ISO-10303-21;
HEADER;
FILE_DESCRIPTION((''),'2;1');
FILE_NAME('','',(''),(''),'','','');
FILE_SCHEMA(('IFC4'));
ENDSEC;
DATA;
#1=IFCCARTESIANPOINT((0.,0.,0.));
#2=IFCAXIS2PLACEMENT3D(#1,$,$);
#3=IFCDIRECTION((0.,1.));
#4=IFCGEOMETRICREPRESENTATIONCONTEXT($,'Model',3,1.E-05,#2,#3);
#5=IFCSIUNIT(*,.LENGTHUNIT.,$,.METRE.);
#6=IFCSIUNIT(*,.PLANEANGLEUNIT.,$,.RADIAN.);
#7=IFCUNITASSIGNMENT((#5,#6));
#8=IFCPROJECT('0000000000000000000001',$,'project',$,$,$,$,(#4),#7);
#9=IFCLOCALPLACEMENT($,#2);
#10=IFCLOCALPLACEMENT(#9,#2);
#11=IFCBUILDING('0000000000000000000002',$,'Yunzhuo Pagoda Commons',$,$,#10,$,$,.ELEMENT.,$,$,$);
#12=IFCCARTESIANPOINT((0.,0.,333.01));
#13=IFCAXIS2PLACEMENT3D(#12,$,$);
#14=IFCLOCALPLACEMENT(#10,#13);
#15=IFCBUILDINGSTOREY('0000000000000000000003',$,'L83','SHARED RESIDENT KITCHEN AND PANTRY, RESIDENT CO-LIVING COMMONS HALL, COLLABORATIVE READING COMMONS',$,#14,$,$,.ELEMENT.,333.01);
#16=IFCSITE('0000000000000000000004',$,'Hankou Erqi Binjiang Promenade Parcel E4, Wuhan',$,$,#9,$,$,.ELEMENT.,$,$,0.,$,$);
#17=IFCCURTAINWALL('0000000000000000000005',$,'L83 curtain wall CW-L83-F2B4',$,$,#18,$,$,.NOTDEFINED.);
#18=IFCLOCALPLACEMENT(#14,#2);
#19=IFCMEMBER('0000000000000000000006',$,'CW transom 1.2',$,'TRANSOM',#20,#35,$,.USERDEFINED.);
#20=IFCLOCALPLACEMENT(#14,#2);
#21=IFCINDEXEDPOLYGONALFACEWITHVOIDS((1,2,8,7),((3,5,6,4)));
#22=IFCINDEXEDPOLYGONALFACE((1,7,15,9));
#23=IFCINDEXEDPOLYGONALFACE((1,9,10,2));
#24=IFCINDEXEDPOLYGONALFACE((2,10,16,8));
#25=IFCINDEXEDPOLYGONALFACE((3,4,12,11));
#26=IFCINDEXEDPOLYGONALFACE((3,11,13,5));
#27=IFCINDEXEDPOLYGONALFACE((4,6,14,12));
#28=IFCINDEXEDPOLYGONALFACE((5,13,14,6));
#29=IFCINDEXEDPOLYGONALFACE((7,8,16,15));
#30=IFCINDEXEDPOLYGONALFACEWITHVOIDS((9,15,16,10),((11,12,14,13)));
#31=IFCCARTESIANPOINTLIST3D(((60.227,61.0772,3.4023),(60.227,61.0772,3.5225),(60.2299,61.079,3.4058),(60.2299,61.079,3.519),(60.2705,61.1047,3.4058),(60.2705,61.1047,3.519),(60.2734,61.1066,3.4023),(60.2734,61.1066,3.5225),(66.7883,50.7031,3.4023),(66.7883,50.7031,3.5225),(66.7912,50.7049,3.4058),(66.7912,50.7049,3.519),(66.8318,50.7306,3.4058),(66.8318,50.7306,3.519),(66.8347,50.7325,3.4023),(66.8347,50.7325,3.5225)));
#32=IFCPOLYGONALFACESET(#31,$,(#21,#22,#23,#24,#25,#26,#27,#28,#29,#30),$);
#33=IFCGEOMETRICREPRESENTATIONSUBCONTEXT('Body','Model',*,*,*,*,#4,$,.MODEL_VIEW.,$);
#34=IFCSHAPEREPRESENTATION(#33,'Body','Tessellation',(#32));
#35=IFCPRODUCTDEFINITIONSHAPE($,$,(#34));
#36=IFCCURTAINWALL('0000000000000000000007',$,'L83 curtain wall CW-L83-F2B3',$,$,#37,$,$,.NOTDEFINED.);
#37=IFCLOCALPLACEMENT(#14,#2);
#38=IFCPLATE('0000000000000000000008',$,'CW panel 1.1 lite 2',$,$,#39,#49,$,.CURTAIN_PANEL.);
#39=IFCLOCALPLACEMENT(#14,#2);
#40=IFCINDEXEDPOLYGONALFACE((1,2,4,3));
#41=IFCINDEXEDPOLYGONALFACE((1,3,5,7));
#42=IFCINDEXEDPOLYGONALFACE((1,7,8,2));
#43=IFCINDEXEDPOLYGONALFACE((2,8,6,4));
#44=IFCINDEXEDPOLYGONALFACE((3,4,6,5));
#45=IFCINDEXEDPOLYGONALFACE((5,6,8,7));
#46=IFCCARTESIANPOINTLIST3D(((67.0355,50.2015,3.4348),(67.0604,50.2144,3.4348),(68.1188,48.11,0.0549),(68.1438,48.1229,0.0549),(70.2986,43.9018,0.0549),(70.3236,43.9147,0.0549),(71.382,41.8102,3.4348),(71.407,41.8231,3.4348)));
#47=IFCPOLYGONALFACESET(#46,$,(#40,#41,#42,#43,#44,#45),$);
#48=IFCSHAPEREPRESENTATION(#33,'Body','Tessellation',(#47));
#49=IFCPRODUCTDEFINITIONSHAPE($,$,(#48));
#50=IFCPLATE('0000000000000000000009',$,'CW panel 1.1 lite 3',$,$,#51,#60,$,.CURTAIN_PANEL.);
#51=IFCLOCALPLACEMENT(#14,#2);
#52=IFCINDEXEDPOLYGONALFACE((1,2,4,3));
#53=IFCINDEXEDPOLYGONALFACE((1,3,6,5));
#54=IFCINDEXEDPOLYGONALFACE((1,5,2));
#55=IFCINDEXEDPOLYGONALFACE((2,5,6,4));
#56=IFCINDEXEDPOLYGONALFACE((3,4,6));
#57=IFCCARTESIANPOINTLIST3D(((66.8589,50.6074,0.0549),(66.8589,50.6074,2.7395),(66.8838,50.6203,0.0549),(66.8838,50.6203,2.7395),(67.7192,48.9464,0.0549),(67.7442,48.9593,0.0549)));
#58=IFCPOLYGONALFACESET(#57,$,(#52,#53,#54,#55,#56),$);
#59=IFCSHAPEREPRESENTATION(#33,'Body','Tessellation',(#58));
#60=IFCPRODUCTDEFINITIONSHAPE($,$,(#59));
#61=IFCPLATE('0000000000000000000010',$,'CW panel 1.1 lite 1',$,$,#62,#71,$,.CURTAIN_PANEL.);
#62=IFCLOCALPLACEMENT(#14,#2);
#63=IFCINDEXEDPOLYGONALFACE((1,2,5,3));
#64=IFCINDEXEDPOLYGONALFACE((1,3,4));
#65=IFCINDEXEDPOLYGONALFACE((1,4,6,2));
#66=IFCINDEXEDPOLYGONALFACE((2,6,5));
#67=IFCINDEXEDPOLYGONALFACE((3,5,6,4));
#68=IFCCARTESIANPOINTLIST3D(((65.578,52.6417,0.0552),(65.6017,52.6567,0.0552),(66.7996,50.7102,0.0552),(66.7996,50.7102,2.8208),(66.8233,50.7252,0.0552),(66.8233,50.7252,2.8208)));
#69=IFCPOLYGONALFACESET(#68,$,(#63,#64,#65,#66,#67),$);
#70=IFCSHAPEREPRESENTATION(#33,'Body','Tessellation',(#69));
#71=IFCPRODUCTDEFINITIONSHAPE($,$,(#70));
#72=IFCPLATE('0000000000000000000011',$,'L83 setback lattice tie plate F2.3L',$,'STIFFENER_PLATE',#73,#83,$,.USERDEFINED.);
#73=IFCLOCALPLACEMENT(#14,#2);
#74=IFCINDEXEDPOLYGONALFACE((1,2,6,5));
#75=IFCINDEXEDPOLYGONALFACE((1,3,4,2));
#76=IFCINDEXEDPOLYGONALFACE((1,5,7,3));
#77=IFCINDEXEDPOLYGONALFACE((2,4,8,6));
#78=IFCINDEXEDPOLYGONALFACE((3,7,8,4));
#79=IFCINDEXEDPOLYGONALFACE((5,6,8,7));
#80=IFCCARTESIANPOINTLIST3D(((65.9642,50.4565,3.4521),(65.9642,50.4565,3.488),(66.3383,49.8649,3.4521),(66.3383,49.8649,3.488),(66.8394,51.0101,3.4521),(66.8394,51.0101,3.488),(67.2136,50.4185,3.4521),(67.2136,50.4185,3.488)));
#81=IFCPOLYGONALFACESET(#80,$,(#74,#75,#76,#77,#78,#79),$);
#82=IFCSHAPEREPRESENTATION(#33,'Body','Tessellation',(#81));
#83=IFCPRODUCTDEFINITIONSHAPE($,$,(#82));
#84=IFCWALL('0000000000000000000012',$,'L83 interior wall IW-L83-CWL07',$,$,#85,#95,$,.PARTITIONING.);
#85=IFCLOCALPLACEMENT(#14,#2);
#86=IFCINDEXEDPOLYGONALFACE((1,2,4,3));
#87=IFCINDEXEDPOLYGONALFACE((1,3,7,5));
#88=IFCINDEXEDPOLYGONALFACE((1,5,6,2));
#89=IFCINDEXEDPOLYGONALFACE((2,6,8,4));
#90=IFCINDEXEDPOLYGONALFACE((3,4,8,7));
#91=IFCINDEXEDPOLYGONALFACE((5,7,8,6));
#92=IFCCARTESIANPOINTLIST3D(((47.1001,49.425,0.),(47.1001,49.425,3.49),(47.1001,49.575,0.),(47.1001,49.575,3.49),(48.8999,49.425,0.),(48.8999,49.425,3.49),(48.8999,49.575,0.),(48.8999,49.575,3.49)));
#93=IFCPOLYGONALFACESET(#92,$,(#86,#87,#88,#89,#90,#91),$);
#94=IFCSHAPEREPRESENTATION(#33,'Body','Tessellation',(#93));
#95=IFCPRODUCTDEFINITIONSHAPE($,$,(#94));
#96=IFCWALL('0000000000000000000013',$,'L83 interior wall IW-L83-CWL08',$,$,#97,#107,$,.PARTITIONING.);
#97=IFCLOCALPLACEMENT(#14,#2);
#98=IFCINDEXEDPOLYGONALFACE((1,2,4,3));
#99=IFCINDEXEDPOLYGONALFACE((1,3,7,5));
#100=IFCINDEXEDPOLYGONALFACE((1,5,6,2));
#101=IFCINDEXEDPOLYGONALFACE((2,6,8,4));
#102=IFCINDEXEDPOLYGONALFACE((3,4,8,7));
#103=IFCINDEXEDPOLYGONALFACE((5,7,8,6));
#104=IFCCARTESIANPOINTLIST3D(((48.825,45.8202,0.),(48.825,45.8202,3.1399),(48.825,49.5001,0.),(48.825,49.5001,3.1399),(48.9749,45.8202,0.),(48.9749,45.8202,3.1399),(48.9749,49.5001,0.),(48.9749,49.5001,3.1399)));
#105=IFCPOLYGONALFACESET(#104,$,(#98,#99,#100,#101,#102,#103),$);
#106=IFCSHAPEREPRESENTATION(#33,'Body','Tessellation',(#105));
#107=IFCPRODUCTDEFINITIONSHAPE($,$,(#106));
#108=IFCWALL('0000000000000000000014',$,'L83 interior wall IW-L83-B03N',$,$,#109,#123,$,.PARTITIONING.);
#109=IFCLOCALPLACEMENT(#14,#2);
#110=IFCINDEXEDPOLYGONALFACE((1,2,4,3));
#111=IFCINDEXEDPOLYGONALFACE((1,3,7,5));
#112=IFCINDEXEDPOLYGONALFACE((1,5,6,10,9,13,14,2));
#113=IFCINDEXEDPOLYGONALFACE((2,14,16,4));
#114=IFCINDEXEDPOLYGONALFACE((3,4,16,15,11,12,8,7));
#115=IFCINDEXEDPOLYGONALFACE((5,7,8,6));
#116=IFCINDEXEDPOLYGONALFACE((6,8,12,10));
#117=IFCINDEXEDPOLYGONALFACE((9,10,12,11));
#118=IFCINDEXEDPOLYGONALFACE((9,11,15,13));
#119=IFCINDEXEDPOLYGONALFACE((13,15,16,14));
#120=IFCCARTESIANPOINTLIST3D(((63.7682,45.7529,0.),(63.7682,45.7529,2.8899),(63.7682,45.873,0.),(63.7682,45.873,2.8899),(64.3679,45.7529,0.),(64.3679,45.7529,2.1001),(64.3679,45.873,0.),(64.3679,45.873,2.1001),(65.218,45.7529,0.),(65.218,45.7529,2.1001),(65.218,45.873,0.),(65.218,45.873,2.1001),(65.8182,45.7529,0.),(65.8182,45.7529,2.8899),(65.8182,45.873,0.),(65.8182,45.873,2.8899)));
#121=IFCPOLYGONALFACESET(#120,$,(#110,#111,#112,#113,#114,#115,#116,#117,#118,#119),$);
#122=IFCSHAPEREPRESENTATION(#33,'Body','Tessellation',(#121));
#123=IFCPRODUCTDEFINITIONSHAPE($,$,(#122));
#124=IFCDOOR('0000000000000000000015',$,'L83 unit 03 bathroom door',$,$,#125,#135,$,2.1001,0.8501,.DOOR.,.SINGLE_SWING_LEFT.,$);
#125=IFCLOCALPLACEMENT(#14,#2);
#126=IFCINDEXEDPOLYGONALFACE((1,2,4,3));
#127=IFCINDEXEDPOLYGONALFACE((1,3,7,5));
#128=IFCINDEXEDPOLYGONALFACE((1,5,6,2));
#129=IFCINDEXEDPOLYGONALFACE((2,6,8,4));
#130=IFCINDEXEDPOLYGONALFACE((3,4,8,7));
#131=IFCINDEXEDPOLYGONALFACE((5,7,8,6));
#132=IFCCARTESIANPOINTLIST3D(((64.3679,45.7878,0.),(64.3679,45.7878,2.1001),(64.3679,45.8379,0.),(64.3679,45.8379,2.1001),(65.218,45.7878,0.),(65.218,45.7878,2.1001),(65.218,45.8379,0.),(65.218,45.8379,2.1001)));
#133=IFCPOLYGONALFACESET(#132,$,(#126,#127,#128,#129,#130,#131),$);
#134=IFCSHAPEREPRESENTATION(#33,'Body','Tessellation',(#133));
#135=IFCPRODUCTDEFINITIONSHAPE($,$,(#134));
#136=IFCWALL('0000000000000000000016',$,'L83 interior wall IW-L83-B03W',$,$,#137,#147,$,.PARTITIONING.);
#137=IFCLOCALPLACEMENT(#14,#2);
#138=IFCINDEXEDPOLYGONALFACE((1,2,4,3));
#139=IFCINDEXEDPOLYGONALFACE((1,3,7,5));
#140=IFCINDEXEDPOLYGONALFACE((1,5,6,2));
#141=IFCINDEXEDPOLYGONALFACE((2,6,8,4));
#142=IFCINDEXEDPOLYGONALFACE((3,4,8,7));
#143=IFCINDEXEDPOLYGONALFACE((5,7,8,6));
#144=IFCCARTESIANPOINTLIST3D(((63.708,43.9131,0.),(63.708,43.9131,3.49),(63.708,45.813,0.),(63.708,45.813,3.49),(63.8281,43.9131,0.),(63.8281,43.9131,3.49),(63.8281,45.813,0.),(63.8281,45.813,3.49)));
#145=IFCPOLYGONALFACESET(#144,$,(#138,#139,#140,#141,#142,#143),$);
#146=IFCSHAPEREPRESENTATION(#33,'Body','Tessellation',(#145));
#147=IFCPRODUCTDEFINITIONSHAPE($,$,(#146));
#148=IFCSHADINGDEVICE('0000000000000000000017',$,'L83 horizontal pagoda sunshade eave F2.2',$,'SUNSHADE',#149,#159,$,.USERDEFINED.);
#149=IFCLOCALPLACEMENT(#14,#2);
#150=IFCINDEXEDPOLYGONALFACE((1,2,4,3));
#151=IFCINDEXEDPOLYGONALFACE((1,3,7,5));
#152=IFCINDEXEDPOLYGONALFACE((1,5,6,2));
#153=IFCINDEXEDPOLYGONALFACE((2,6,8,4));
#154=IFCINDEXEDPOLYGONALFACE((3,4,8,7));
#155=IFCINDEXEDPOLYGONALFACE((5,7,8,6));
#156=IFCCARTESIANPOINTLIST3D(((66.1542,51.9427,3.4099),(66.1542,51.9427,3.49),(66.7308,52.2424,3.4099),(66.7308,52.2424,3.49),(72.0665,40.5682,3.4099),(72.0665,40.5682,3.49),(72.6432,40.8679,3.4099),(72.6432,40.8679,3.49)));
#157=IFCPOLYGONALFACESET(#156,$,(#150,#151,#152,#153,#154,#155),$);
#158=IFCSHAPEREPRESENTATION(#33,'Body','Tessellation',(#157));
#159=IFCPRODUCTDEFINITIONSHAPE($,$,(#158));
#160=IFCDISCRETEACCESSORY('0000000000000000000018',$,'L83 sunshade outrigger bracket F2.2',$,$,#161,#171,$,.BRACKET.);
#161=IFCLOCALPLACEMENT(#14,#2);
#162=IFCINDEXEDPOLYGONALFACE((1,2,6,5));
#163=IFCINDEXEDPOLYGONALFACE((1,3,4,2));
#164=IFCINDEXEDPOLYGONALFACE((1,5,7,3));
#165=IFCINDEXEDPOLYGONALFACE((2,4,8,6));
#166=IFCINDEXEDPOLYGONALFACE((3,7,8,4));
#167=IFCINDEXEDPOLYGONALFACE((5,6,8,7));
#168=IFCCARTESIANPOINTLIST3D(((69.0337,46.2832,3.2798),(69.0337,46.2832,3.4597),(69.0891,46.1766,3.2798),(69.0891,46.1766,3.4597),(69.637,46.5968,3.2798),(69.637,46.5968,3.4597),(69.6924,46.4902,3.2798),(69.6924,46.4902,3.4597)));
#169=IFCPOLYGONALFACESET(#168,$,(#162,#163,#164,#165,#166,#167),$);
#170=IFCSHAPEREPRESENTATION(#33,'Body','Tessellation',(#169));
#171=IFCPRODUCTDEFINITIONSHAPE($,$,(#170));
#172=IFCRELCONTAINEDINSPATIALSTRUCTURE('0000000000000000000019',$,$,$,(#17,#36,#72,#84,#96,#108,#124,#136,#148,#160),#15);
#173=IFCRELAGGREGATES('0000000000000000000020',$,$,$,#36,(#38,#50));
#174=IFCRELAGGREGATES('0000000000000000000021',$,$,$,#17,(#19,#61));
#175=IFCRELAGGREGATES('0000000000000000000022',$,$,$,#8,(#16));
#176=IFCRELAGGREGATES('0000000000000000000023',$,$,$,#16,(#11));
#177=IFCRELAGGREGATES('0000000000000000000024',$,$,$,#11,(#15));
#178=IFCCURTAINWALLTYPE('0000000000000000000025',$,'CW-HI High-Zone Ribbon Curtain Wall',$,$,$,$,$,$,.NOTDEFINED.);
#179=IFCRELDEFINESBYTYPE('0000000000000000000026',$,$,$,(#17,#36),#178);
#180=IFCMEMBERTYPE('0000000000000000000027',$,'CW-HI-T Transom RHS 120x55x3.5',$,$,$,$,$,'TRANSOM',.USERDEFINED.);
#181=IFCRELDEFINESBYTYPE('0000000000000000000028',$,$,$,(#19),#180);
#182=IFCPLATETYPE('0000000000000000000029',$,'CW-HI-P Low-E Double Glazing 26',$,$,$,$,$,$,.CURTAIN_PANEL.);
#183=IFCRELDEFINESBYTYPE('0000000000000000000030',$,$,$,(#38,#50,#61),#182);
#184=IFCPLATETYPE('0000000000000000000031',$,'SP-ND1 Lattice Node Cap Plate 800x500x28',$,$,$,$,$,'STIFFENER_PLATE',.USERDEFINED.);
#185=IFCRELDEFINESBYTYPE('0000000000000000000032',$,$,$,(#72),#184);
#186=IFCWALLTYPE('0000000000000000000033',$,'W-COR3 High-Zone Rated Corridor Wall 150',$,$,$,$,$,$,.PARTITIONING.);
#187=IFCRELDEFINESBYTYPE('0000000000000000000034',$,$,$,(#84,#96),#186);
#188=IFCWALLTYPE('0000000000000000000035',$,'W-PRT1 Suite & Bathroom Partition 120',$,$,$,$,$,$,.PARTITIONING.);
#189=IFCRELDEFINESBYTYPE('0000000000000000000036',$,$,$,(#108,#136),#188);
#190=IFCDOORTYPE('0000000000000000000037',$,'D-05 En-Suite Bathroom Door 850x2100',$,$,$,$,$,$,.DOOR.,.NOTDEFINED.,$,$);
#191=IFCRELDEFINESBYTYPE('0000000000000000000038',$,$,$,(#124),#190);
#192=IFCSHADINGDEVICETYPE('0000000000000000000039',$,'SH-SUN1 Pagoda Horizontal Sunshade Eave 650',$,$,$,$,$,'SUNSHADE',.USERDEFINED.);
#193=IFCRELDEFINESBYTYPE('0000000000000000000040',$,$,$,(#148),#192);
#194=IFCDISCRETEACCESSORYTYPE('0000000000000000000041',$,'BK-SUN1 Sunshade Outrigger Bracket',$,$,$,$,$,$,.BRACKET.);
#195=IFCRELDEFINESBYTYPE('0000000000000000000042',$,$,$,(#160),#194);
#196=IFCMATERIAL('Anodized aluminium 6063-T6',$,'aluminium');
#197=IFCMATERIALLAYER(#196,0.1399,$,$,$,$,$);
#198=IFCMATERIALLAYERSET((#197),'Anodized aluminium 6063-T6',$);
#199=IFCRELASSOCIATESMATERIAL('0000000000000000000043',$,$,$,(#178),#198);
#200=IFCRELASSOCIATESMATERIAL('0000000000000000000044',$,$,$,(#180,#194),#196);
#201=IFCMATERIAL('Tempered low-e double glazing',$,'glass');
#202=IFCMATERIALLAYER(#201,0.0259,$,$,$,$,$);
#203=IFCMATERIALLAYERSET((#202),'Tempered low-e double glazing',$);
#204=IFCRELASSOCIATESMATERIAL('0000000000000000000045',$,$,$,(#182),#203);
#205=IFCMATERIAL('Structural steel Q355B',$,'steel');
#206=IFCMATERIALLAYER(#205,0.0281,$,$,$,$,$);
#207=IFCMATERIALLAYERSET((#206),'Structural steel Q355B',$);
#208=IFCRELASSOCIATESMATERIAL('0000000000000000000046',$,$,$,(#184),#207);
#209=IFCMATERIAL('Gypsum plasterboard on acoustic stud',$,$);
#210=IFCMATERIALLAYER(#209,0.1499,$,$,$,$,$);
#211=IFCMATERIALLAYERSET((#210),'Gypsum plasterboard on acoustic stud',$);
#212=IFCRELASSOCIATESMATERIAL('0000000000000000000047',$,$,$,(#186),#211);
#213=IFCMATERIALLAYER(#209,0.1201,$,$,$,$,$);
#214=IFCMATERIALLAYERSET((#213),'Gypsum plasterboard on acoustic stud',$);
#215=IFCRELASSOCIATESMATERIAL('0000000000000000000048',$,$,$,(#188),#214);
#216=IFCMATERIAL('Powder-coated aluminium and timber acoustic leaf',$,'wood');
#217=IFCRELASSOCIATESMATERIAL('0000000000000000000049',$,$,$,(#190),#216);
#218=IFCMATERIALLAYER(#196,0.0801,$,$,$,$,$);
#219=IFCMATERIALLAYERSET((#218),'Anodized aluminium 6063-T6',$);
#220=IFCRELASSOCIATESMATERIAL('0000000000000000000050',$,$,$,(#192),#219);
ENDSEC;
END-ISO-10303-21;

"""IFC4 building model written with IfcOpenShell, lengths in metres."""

from ifc_helpers import new_model, si_unit, direction, frame, frame_2d, origin, origin_2d, place, context, subcontext, project, spatial, polyline, rectangle, hollow_rectangle, outline, extrude, source, transform, mapped, material, layer, layer_set, material_profile, profile_set, type_object, element, fill, aggregate, save


model = new_model("IFC4")

# Units and contexts
model_context = context("Model", 3, precision=1e-05, world=origin(), true_north=direction((0.0, 1.0)))
body_context = subcontext(model_context, "Body", "Model", "MODEL_VIEW")
ifc_project = project(units=[si_unit("LENGTHUNIT", "METRE"), si_unit("PLANEANGLEUNIT", "RADIAN")], contexts=[model_context])

# Site, building, storey
site_placement = place(None, origin())
site = spatial("IfcSite", under=ifc_project, at=site_placement, Name="Hankou Erqi Binjiang Promenade Parcel E4, Wuhan", CompositionType="ELEMENT", RefElevation=0.0)
building_placement = place(site_placement, origin())
building = spatial("IfcBuilding", under=site, at=building_placement, Name="Yunzhuo Pagoda Commons", CompositionType="ELEMENT")
storey_placement = place(building_placement, frame((0.0, 0.0, 333.01)))
storey = spatial("IfcBuildingStorey", under=building, at=storey_placement, Name="L83", Description="SHARED RESIDENT KITCHEN AND PANTRY, RESIDENT CO-LIVING COMMONS HALL, COLLABORATIVE READING COMMONS", CompositionType="ELEMENT", Elevation=333.01)

# Shared definitions
ifc_material_1 = material(Name="Structural steel Q355B", Category="steel")

# Curtain wall, member
ifc_material_2 = material(Name="Anodized aluminium 6063-T6", Category="aluminium")
ifc_layer_1 = layer(ifc_material_2, 0.1399)
ifc_layer_set_1 = layer_set([ifc_layer_1], Name="Anodized aluminium 6063-T6")
curtain_wall_type = type_object("IfcCurtainWallType", Name="CW-HI High-Zone Ribbon Curtain Wall", PredefinedType="NOTDEFINED", material=ifc_layer_set_1)
curtain_wall_1_placement = place(storey_placement, origin())
curtain_wall_1 = element("IfcCurtainWall", 1, at=curtain_wall_1_placement, inside=storey, type_object=curtain_wall_type, Name="L83 curtain wall CW-L83-F2B4", PredefinedType="NOTDEFINED")
ifc_material_profile_1 = material_profile(ifc_material_2, hollow_rectangle(XDim=0.0549, YDim=0.1201, WallThickness=0.0034, at=origin_2d()), Name="Anodized aluminium 6063-T6")
ifc_profile_set_1 = profile_set([ifc_material_profile_1], Name="Anodized aluminium 6063-T6")
member_type_1 = type_object("IfcMemberType", Name="CW-HI-T Transom RHS 120x55x3.5", ElementType="TRANSOM", PredefinedType="USERDEFINED", material=ifc_profile_set_1)
shared_shape_1 = source(origin(), body_context, "Body", "SweptSolid", [
    extrude(hollow_rectangle(XDim=0.0549, YDim=0.1201, WallThickness=0.0034, at=origin_2d()), origin(), (0.0, 0.0, 1.0), 12.2749),
])
member_1_placement = place(storey_placement, frame((66.8115, 50.7178, 3.4624), z_axis=(-0.534532, 0.845148, 0.0), x_axis=(-0.845148, -0.534532, 0.0)))
member_1 = element("IfcMember", 2, at=member_1_placement, type_object=member_type_1, Name="CW transom 1.2", ObjectType="TRANSOM", PredefinedType="USERDEFINED", context=body_context, shape_type="MappedRepresentation", body=[
    mapped(shared_shape_1, transform((0.0, 0.0, 0.0), scale=1.0)),
])

# Curtain wall, plates
curtain_wall_2_placement = place(storey_placement, origin())
curtain_wall_2 = element("IfcCurtainWall", 3, at=curtain_wall_2_placement, inside=storey, type_object=curtain_wall_type, Name="L83 curtain wall CW-L83-F2B3", PredefinedType="NOTDEFINED")
ifc_material_3 = material(Name="Tempered low-e double glazing", Category="glass")
ifc_layer_2 = layer(ifc_material_3, 0.0259)
ifc_layer_set_2 = layer_set([ifc_layer_2], Name="Tempered low-e double glazing")
plate_type_1 = type_object("IfcPlateType", Name="CW-HI-P Low-E Double Glazing 26", PredefinedType="CURTAIN_PANEL", material=ifc_layer_set_2)
plate_1_placement = place(storey_placement, frame((69.2087, 46.0059, 1.7449), z_axis=(0.887948, 0.459945, 0.0), x_axis=(-0.459945, 0.887948, 0.0)))
plate_1 = element("IfcPlate", 4, at=plate_1_placement, type_object=plate_type_1, Name="CW panel 1.1 lite 2", PredefinedType="CURTAIN_PANEL", context=body_context, shape_type="SweptSolid", body=[
    extrude(outline(polyline([(-4.7251, 1.6899), (-2.3696, -1.6899), (2.3696, -1.6899), (4.7251, 1.6899), (-4.7251, 1.6899)])), origin(), (0.0, 0.0, 1.0), 0.0281),
])
plate_2_placement = place(storey_placement, frame((67.2891, 49.7769, 1.3972), z_axis=(0.887948, 0.459945, 0.0), x_axis=(-0.459945, 0.887948, 0.0)))
plate_2 = element("IfcPlate", 5, at=plate_2_placement, type_object=plate_type_1, Name="CW panel 1.1 lite 3", PredefinedType="CURTAIN_PANEL", context=body_context, shape_type="SweptSolid", body=[
    extrude(outline(polyline([(-0.9353, -1.3423), (0.9353, -1.3423), (0.9353, 1.3423), (-0.9353, -1.3423)])), origin(), (0.0, 0.0, 1.0), 0.0281),
])
aggregate(curtain_wall_2, [plate_1, plate_2])

# Plates
plate_3_placement = place(storey_placement, frame((66.1887, 51.676, 1.438), z_axis=(0.845149, 0.534531, 0.0), x_axis=(-0.534531, 0.845149, 0.0)))
plate_3 = element("IfcPlate", 6, at=plate_3_placement, type_object=plate_type_1, Name="CW panel 1.1 lite 1", PredefinedType="CURTAIN_PANEL", context=body_context, shape_type="SweptSolid", body=[
    extrude(outline(polyline([(-1.1428, -1.3828), (1.1426, -1.3828), (-1.1428, 1.3828), (-1.1428, -1.3828)])), origin(), (0.0, 0.0, 1.0), 0.0281),
])
aggregate(curtain_wall_1, [member_1, plate_3])
ifc_layer_3 = layer(ifc_material_1, 0.0281)
ifc_layer_set_3 = layer_set([ifc_layer_3], Name="Structural steel Q355B")
plate_type_2 = type_object("IfcPlateType", Name="SP-ND1 Lattice Node Cap Plate 800x500x28", ElementType="STIFFENER_PLATE", PredefinedType="USERDEFINED", material=ifc_layer_set_3)
shared_shape_2 = source(origin(), body_context, "Body", "SweptSolid", [
    extrude(rectangle(XDim=0.7, YDim=1.0356, at=origin_2d()), origin(), (0.0, 0.0, 1.0), 0.0359),
])
plate_4_placement = place(storey_placement, frame((66.5889, 50.4375, 3.4521), z_axis=(0.0, 0.0, 1.0), x_axis=(-0.534529, 0.84515, 0.0)))
element("IfcPlate", 7, at=plate_4_placement, inside=storey, type_object=plate_type_2, Name="L83 setback lattice tie plate F2.3L", ObjectType="STIFFENER_PLATE", PredefinedType="USERDEFINED", context=body_context, shape_type="MappedRepresentation", body=[
    mapped(shared_shape_2, transform((0.0, 0.0, 0.0), scale=1.0)),
])

# Shared definitions
ifc_material_4 = material(Name="Gypsum plasterboard on acoustic stud")
ifc_layer_4 = layer(ifc_material_4, 0.1499)
ifc_layer_set_4 = layer_set([ifc_layer_4], Name="Gypsum plasterboard on acoustic stud")
wall_type_1 = type_object("IfcWallType", Name="W-COR3 High-Zone Rated Corridor Wall 150", PredefinedType="PARTITIONING", material=ifc_layer_set_4)

# Walls
wall_1_placement = place(storey_placement, frame((47.1001, 49.5, 0.0), z_axis=(0.0, 0.0, 1.0), x_axis=(1.0, 0.0, 0.0)))
element("IfcWall", 8, at=wall_1_placement, inside=storey, type_object=wall_type_1, Name="L83 interior wall IW-L83-CWL07", PredefinedType="PARTITIONING", context=body_context, shape_type="SweptSolid", body=[
    extrude(rectangle(XDim=1.7998, YDim=0.1499, at=frame_2d((0.8999, 0.0))), origin(), (0.0, 0.0, 1.0), 3.49),
])
wall_2_placement = place(storey_placement, frame((48.8999, 49.5, 0.0), z_axis=(0.0, 0.0, 1.0), x_axis=(0.0, -1.0, 0.0)))
element("IfcWall", 9, at=wall_2_placement, inside=storey, type_object=wall_type_1, Name="L83 interior wall IW-L83-CWL08", PredefinedType="PARTITIONING", context=body_context, shape_type="SweptSolid", body=[
    extrude(rectangle(XDim=3.6799, YDim=0.1499, at=frame_2d((1.8398, 0.0))), origin(), (0.0, 0.0, 1.0), 3.1399),
])

# Wall, opening, door
ifc_layer_5 = layer(ifc_material_4, 0.1201)
ifc_layer_set_5 = layer_set([ifc_layer_5], Name="Gypsum plasterboard on acoustic stud")
wall_type_2 = type_object("IfcWallType", Name="W-PRT1 Suite & Bathroom Partition 120", PredefinedType="PARTITIONING", material=ifc_layer_set_5)
wall_3_placement = place(storey_placement, frame((65.8181, 45.813, 0.0), z_axis=(0.0, 0.0, 1.0), x_axis=(-1.0, 0.0, 0.0)))
wall_3 = element("IfcWall", 10, at=wall_3_placement, inside=storey, type_object=wall_type_2, Name="L83 interior wall IW-L83-B03N", PredefinedType="PARTITIONING", context=body_context, shape_type="SweptSolid", body=[
    extrude(rectangle(XDim=2.05, YDim=0.1201, at=frame_2d((1.0249, 0.0))), origin(), (0.0, 0.0, 1.0), 2.8899),
])
opening_1_placement = place(wall_3_placement, frame((0.6001, 0.0, 0.0)))
opening_1 = element("IfcOpeningElement", 11, at=opening_1_placement, cuts=wall_3, PredefinedType="OPENING", context=body_context, shape_type="SweptSolid", body=[
    extrude(rectangle(XDim=0.8501, YDim=2.1001, at=frame_2d((0.425, 1.05))), frame((0.0, 0.0701, 0.0), z_axis=(0.0, -1.0, 0.0), x_axis=(1.0, 0.0, 0.0)), (0.0, 0.0, 1.0), 0.1401),
])
ifc_material_5 = material(Name="Powder-coated aluminium and timber acoustic leaf", Category="wood")
door_type_1 = type_object("IfcDoorType", Name="D-05 En-Suite Bathroom Door 850x2100", OperationType="NOTDEFINED", PredefinedType="DOOR", material=ifc_material_5)
shared_shape_3 = source(origin(), body_context, "Body", "SweptSolid", [
    extrude(rectangle(XDim=0.8501, YDim=2.1001, at=frame_2d((0.425, 1.05))), frame((0.0, 0.0249, 0.0), z_axis=(0.0, -1.0, 0.0), x_axis=(1.0, 0.0, 0.0)), (0.0, 0.0, 1.0), 0.05),
])
door_1_placement = place(opening_1_placement, frame((0.8501, 0.0, 0.0), z_axis=(0.0, 0.0, 1.0), x_axis=(-1.0, 0.0, 0.0)))
door_1 = element("IfcDoor", 12, at=door_1_placement, inside=storey, type_object=door_type_1, Name="L83 unit 03 bathroom door", OperationType="SINGLE_SWING_LEFT", OverallHeight=2.1001, OverallWidth=0.8501, PredefinedType="DOOR", context=body_context, shape_type="MappedRepresentation", body=[
    mapped(shared_shape_3, transform((0.0, 0.0, 0.0), scale=1.0)),
])
fill(opening_1, door_1)

# Wall
wall_4_placement = place(storey_placement, frame((63.7681, 45.813, 0.0), z_axis=(0.0, 0.0, 1.0), x_axis=(0.0, -1.0, 0.0)))
element("IfcWall", 13, at=wall_4_placement, inside=storey, type_object=wall_type_2, Name="L83 interior wall IW-L83-B03W", PredefinedType="PARTITIONING", context=body_context, shape_type="SweptSolid", body=[
    extrude(rectangle(XDim=1.8999, YDim=0.1201, at=frame_2d((0.95, 0.0))), origin(), (0.0, 0.0, 1.0), 3.49),
])

# Shading device
ifc_layer_6 = layer(ifc_material_2, 0.0801)
ifc_layer_set_6 = layer_set([ifc_layer_6], Name="Anodized aluminium 6063-T6")
shading_device_type = type_object("IfcShadingDeviceType", Name="SH-SUN1 Pagoda Horizontal Sunshade Eave 650", ElementType="SUNSHADE", PredefinedType="USERDEFINED", material=ifc_layer_set_6)
shared_shape_4 = source(origin(), body_context, "Body", "SweptSolid", [
    extrude(rectangle(XDim=12.8193, YDim=0.6499, at=origin_2d()), origin(), (0.0, 0.0, 1.0), 0.0801),
])
shading_device_placement = place(storey_placement, frame((69.3987, 46.4053, 3.4099), z_axis=(0.0, 0.0, 1.0), x_axis=(-0.461207, 0.887293, 0.0)))
element("IfcShadingDevice", 14, at=shading_device_placement, inside=storey, type_object=shading_device_type, Name="L83 horizontal pagoda sunshade eave F2.2", ObjectType="SUNSHADE", PredefinedType="USERDEFINED", context=body_context, shape_type="MappedRepresentation", body=[
    mapped(shared_shape_4, transform((0.0, 0.0, 0.0), scale=1.0)),
])

# Discrete accessory
discrete_accessory_type = type_object("IfcDiscreteAccessoryType", Name="BK-SUN1 Sunshade Outrigger Bracket", PredefinedType="BRACKET", material=ifc_material_2)
shared_shape_5 = source(origin(), body_context, "Body", "SweptSolid", [
    extrude(rectangle(XDim=0.1201, YDim=0.6799, at=origin_2d()), origin(), (0.0, 0.0, 1.0), 0.1799),
])
discrete_accessory_placement = place(storey_placement, frame((69.363, 46.3867, 3.2798), z_axis=(0.0, 0.0, 1.0), x_axis=(-0.461207, 0.887293, 0.0)))
element("IfcDiscreteAccessory", 15, at=discrete_accessory_placement, inside=storey, type_object=discrete_accessory_type, Name="L83 sunshade outrigger bracket F2.2", PredefinedType="BRACKET", context=body_context, shape_type="MappedRepresentation", body=[
    mapped(shared_shape_5, transform((0.0, 0.0, 0.0), scale=1.0)),
])

save(model, "model.ifc")
